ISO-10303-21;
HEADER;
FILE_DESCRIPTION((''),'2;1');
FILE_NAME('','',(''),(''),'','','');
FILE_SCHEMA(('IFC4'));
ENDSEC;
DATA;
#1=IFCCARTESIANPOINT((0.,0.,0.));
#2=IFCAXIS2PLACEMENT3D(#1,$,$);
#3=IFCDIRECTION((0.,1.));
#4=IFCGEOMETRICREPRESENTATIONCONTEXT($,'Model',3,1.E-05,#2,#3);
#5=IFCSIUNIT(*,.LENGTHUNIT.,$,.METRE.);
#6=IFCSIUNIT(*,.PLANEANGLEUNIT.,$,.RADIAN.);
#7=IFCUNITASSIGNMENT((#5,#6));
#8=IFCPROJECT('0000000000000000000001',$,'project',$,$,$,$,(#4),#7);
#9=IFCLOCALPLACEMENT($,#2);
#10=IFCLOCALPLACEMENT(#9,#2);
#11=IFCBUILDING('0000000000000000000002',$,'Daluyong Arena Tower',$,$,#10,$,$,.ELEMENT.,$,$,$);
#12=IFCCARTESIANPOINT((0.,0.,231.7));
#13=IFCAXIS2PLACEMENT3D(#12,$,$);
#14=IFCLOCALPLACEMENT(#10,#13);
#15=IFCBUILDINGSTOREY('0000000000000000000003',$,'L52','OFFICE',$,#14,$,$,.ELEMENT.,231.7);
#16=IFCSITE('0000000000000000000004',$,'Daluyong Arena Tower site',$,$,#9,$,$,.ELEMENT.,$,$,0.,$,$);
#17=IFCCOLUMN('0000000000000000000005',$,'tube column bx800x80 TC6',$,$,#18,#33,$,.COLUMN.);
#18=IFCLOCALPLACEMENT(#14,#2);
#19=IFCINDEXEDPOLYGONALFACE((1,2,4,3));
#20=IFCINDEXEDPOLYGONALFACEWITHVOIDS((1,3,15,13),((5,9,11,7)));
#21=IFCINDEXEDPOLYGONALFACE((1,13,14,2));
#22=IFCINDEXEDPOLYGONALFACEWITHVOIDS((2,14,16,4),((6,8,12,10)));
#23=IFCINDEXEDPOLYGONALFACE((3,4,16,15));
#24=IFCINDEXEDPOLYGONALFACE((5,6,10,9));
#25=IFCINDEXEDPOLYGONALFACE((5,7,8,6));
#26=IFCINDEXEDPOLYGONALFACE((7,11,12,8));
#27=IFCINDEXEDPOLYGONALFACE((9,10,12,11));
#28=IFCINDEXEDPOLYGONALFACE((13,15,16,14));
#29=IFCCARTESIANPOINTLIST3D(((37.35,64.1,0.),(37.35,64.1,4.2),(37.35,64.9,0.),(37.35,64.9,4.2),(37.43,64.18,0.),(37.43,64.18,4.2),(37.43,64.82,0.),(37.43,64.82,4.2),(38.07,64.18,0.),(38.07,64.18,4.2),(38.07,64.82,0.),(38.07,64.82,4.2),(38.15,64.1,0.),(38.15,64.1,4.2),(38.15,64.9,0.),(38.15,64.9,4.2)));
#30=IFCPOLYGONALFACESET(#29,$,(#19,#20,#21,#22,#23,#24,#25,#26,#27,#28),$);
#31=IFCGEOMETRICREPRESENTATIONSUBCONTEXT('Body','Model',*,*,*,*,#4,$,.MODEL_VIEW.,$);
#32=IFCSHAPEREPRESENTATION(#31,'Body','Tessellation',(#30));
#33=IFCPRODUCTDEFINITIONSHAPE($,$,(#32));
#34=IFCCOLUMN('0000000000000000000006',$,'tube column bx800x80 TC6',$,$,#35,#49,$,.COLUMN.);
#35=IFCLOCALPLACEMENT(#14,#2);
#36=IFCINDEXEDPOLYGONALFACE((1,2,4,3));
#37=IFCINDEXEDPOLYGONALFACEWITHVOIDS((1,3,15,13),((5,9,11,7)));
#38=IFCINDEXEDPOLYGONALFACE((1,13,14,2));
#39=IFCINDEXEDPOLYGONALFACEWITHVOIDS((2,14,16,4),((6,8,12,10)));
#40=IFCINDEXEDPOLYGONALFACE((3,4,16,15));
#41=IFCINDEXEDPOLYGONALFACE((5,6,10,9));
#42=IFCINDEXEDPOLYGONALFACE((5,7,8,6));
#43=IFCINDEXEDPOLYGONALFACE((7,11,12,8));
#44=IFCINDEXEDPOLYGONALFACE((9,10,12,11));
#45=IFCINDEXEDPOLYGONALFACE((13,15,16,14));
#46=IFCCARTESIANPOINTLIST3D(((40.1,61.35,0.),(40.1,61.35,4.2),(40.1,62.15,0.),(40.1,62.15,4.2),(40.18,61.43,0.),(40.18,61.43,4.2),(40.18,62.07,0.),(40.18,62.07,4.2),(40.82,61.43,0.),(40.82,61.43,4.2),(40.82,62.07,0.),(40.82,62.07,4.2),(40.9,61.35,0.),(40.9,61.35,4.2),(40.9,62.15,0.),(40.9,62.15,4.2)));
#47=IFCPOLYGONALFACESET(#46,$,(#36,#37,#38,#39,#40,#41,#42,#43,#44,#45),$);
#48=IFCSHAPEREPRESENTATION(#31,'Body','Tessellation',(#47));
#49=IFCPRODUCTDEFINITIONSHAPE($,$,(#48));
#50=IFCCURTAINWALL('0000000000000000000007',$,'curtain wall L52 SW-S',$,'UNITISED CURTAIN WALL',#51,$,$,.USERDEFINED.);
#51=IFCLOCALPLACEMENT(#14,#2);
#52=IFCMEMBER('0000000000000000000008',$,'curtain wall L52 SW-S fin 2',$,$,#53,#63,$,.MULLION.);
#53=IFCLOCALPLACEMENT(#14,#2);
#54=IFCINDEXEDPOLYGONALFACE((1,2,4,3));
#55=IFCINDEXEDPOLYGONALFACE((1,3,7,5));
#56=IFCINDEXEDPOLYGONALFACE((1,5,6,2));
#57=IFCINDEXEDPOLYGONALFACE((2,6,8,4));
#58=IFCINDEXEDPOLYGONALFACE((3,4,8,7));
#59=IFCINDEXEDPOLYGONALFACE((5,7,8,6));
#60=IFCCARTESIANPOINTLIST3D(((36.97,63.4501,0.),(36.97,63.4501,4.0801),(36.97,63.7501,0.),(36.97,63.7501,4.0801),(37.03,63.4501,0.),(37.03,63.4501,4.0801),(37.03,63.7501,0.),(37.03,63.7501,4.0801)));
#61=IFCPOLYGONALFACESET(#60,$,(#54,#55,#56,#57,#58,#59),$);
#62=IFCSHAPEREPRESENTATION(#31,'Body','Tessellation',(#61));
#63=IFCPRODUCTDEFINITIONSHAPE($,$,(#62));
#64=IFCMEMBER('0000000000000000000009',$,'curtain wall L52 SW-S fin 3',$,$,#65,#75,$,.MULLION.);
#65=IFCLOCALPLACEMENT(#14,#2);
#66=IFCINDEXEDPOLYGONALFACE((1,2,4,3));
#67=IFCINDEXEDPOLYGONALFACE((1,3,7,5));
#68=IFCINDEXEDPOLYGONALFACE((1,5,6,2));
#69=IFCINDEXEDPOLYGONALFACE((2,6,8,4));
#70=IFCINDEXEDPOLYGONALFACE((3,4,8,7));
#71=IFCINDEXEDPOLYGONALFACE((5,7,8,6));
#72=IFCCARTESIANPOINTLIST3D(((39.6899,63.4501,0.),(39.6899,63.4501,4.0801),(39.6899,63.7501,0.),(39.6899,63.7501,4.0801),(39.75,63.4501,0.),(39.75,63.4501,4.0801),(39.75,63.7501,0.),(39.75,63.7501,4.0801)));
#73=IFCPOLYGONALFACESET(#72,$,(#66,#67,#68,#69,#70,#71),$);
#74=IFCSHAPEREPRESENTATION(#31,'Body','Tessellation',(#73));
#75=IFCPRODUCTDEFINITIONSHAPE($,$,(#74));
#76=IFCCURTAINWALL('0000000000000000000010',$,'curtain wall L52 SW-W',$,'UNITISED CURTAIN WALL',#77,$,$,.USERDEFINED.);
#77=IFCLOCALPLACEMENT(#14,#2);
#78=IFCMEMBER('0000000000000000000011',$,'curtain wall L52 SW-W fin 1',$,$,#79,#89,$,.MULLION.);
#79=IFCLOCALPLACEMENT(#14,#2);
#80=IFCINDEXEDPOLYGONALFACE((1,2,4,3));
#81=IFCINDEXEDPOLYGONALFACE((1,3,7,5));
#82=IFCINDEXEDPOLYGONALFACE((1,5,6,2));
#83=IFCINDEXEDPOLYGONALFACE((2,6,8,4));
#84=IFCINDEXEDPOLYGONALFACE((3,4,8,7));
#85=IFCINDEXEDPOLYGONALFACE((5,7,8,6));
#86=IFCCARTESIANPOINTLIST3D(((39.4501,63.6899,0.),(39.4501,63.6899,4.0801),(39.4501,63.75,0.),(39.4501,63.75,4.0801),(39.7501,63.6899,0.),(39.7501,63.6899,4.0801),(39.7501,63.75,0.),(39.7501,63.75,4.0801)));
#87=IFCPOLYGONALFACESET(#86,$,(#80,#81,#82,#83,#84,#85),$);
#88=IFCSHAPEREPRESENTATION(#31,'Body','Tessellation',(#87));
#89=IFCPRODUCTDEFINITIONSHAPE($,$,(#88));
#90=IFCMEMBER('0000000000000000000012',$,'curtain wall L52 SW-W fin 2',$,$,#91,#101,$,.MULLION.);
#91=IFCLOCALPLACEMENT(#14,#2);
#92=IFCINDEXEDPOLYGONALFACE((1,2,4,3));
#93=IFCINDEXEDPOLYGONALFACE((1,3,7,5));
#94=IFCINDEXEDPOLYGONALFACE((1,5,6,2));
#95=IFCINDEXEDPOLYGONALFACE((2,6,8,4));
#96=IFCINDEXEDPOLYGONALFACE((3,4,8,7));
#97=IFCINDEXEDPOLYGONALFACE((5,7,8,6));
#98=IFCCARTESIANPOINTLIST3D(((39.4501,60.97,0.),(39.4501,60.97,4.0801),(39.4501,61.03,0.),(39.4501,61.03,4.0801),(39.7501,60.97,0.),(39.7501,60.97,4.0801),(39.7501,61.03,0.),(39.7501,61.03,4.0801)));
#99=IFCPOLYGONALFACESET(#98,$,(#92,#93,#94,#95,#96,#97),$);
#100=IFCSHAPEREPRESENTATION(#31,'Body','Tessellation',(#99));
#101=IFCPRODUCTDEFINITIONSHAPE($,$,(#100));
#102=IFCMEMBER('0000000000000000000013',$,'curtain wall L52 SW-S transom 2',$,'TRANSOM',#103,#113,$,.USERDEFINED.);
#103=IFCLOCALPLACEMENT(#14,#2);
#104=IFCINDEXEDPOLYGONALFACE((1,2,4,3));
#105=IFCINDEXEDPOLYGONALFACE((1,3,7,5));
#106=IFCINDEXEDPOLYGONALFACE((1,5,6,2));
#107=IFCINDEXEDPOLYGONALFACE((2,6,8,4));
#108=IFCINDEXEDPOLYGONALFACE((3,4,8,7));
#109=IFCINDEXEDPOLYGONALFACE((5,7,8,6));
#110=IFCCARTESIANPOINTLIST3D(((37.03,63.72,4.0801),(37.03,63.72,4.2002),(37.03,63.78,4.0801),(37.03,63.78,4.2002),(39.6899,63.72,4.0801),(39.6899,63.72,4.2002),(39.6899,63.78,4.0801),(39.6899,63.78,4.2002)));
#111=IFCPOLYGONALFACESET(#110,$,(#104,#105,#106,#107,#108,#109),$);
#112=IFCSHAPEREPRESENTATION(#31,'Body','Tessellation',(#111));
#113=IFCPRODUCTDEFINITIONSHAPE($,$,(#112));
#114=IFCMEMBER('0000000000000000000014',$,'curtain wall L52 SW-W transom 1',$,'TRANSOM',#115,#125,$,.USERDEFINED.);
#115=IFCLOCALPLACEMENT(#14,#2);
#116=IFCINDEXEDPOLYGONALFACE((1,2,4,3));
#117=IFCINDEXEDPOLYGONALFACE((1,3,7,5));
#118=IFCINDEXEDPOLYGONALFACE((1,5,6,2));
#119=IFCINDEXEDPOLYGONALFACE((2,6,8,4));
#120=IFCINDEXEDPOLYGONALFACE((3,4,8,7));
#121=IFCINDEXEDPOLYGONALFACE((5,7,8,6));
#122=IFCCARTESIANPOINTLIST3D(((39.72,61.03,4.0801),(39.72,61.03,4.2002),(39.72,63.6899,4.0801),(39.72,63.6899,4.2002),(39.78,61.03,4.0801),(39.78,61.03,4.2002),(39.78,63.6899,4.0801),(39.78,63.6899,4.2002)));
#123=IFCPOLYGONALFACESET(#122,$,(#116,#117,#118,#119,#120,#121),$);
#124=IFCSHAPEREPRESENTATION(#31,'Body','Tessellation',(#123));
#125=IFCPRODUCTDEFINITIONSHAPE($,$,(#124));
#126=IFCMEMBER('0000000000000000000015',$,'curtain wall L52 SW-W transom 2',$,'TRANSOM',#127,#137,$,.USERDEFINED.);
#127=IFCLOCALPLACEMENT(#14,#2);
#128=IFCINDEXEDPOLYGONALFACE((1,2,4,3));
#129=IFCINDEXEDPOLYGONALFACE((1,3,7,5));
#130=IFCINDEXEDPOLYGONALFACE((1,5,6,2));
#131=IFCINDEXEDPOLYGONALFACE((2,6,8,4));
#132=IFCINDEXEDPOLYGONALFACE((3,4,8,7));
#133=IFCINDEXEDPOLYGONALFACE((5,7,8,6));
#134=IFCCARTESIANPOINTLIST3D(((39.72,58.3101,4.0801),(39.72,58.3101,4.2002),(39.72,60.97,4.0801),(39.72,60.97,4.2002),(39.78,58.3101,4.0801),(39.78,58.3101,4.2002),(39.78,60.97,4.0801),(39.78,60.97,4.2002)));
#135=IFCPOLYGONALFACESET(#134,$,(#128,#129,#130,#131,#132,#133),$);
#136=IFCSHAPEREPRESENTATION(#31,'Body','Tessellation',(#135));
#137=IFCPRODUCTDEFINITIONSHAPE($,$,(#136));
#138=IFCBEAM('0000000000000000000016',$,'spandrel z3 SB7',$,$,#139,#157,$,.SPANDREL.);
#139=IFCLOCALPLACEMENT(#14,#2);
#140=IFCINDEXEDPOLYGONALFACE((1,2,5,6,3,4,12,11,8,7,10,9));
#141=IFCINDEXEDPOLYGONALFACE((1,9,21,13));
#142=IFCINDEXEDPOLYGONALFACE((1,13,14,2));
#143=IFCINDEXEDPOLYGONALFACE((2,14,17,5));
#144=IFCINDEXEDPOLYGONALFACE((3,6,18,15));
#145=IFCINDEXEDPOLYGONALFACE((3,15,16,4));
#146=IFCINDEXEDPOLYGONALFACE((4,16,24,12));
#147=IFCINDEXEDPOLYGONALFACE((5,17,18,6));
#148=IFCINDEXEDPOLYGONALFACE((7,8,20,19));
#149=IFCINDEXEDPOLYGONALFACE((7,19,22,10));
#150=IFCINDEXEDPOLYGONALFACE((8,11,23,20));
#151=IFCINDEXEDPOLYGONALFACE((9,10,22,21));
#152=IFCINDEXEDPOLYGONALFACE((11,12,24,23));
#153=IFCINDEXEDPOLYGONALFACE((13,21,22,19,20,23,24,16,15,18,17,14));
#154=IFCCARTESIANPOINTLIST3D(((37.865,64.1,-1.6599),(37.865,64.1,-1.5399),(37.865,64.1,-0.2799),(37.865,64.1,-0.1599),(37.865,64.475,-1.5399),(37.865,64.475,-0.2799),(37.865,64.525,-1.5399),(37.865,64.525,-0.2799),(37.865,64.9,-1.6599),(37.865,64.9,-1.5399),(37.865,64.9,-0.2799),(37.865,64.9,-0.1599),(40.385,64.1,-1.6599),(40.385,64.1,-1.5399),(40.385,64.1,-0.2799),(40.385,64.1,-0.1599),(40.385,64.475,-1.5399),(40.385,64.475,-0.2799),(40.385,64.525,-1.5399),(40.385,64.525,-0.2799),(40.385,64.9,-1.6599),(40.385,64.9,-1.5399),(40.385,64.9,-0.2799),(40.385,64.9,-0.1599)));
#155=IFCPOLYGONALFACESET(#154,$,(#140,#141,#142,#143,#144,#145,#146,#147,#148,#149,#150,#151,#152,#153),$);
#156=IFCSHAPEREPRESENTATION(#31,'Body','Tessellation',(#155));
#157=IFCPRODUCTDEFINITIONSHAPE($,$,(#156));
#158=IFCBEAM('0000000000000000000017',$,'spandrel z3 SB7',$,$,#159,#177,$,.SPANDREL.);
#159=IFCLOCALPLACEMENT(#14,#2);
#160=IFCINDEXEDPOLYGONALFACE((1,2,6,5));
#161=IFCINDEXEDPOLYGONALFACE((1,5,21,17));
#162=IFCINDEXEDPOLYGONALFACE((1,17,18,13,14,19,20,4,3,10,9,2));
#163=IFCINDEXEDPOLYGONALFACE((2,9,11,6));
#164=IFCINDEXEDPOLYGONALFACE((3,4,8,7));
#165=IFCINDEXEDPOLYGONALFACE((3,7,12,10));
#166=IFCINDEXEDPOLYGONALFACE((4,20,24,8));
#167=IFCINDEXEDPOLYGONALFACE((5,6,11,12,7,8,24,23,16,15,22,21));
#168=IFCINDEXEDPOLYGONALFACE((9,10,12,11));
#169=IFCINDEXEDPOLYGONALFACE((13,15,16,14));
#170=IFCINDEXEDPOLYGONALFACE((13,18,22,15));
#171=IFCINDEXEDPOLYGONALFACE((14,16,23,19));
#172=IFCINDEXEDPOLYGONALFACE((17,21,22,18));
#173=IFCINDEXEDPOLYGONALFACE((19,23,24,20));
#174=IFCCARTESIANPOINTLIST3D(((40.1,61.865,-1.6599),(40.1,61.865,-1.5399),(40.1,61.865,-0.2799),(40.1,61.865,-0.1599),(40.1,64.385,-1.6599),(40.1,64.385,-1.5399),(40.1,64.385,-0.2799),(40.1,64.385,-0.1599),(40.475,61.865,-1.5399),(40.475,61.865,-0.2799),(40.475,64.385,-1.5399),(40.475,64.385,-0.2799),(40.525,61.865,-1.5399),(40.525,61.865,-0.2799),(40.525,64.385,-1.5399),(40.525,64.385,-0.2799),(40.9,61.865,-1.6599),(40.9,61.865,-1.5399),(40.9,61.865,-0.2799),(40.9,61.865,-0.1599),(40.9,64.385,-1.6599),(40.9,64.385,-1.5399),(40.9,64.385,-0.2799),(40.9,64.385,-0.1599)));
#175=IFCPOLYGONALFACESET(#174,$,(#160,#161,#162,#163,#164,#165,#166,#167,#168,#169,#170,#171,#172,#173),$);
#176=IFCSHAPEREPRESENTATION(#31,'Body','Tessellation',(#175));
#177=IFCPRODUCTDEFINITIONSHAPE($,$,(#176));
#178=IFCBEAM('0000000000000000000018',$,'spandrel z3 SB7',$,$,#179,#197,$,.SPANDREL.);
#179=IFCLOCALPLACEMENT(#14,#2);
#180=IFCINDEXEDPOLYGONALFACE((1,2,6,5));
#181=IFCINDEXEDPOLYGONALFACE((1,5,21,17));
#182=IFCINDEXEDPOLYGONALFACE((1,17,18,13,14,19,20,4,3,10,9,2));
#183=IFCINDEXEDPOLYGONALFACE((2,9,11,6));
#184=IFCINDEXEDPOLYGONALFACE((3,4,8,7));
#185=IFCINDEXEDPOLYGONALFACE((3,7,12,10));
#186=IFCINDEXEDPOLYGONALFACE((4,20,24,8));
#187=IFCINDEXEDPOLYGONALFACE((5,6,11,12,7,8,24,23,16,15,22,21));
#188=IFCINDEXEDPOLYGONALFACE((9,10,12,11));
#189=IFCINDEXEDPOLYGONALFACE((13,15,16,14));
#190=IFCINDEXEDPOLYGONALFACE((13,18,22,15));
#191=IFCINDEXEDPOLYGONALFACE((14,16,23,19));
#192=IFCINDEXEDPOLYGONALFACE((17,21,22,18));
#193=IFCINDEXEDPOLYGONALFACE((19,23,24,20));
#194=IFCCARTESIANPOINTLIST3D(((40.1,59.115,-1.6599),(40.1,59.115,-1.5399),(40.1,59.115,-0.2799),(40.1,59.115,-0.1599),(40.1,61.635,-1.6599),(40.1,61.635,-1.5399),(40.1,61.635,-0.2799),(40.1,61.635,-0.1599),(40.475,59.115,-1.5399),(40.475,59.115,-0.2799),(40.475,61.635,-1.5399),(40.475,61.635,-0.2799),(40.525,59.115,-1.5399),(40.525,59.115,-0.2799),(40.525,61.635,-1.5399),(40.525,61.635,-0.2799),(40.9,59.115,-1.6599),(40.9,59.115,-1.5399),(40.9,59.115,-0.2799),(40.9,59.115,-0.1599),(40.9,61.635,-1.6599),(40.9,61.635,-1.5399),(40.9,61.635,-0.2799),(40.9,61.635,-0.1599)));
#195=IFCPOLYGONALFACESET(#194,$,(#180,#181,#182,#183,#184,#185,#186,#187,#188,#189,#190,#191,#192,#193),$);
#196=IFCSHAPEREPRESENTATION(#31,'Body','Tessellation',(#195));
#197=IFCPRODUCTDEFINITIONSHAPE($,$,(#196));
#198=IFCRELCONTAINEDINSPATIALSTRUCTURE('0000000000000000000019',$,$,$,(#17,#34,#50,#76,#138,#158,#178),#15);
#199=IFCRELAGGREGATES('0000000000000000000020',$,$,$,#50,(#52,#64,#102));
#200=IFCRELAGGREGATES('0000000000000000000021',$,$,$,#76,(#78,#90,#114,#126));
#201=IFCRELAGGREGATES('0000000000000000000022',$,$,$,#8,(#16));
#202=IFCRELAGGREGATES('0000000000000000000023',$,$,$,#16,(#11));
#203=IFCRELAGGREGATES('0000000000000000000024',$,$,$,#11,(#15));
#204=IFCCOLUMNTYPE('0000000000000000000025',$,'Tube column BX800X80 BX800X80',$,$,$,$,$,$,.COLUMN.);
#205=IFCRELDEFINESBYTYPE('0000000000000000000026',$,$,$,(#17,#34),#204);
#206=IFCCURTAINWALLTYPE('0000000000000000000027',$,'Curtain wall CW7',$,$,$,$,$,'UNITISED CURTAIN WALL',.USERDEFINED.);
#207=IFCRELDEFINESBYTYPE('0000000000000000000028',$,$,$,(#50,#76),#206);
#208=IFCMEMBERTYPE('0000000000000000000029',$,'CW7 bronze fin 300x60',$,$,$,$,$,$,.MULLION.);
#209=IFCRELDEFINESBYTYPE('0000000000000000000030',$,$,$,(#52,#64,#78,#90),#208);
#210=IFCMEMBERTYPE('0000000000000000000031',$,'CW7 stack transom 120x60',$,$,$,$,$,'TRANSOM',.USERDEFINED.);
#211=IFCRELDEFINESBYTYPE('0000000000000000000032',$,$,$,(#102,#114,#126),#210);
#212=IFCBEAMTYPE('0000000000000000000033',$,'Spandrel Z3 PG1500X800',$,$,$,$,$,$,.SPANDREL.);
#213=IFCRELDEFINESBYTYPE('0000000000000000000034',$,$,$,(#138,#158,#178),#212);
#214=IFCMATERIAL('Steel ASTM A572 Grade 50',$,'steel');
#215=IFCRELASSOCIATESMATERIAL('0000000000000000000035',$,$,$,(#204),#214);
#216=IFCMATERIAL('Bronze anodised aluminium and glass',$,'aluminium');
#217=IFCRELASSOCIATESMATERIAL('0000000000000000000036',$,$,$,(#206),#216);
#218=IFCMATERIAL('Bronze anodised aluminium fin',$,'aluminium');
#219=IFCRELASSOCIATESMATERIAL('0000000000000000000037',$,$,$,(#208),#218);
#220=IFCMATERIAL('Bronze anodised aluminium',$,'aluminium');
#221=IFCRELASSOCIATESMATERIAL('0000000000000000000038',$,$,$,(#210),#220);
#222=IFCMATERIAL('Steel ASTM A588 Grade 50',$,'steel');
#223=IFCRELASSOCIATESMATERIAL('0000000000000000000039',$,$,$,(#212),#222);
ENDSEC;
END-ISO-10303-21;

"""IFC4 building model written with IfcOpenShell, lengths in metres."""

from ifc_helpers import new_model, si_unit, direction, frame, origin, origin_2d, place, context, subcontext, project, spatial, rectangle, hollow_rectangle, i_section, extrude, material, material_profile, profile_set, type_object, element, aggregate, save


model = new_model("IFC4")

# Units and contexts
model_context = context("Model", 3, precision=1e-05, world=origin(), true_north=direction((0.0, 1.0)))
body_context = subcontext(model_context, "Body", "Model", "MODEL_VIEW")
ifc_project = project(units=[si_unit("LENGTHUNIT", "METRE"), si_unit("PLANEANGLEUNIT", "RADIAN")], contexts=[model_context])

# Site, building, storey
site_placement = place(None, origin())
site = spatial("IfcSite", under=ifc_project, at=site_placement, Name="Daluyong Arena Tower site", CompositionType="ELEMENT", RefElevation=0.0)
building_placement = place(site_placement, origin())
building = spatial("IfcBuilding", under=site, at=building_placement, Name="Daluyong Arena Tower", CompositionType="ELEMENT")
storey_placement = place(building_placement, frame((0.0, 0.0, 231.7)))
storey = spatial("IfcBuildingStorey", under=building, at=storey_placement, Name="L52", Description="OFFICE", CompositionType="ELEMENT", Elevation=231.7)

# Columns
ifc_material_1 = material(Name="Steel ASTM A572 Grade 50", Category="steel")
ifc_material_profile_1 = material_profile(ifc_material_1, hollow_rectangle(XDim=0.8, YDim=0.8, WallThickness=0.08, at=origin_2d()))
ifc_profile_set_1 = profile_set([ifc_material_profile_1], Name="Steel ASTM A572 Grade 50")
column_type = type_object("IfcColumnType", Name="Tube column BX800X80 BX800X80", PredefinedType="COLUMN", material=ifc_profile_set_1)
for number, where, z_axis, x_axis, name in (
    (1, (37.75, 64.5, 0.0), (0.0, 0.0, 1.0), (1.0, 0.0, 0.0), "tube column bx800x80 TC6"),
    (2, (40.5, 61.75, 0.0), (0.0, 0.0, 1.0), (0.0, 1.0, 0.0), "tube column bx800x80 TC6"),
):
    element("IfcColumn", number, at=place(storey_placement, frame(where, z_axis=z_axis, x_axis=x_axis)), inside=storey, type_object=column_type, Name=name, PredefinedType="COLUMN", context=body_context, shape_type="SweptSolid", body=[
        extrude(hollow_rectangle(XDim=0.8, YDim=0.8, WallThickness=0.08, at=origin_2d()), origin(), (0.0, 0.0, 1.0), 4.2),
    ])

# Curtain walls, members
ifc_material_2 = material(Name="Bronze anodised aluminium and glass", Category="aluminium")
curtain_wall_type = type_object("IfcCurtainWallType", Name="Curtain wall CW7", ElementType="UNITISED CURTAIN WALL", PredefinedType="USERDEFINED", material=ifc_material_2)
curtain_wall_1_placement = place(storey_placement, origin())
curtain_wall_1 = element("IfcCurtainWall", 3, at=curtain_wall_1_placement, inside=storey, type_object=curtain_wall_type, Name="curtain wall L52 SW-S", ObjectType="UNITISED CURTAIN WALL", PredefinedType="USERDEFINED")
ifc_material_3 = material(Name="Bronze anodised aluminium fin", Category="aluminium")
ifc_material_profile_2 = material_profile(ifc_material_3, rectangle(XDim=0.3, YDim=0.0601, at=origin_2d()))
ifc_profile_set_2 = profile_set([ifc_material_profile_2], Name="Bronze anodised aluminium fin")
member_type_1 = type_object("IfcMemberType", Name="CW7 bronze fin 300x60", PredefinedType="MULLION", material=ifc_profile_set_2)
member_1_placement = place(storey_placement, frame((37.0, 63.6001, 0.0), z_axis=(0.0, 0.0, 1.0), x_axis=(0.0, 1.0, 0.0)))
member_1 = element("IfcMember", 4, at=member_1_placement, type_object=member_type_1, Name="curtain wall L52 SW-S fin 2", PredefinedType="MULLION", context=body_context, shape_type="SweptSolid", body=[
    extrude(rectangle(XDim=0.3, YDim=0.0601, at=origin_2d()), origin(), (0.0, 0.0, 1.0), 4.0801),
])
member_2_placement = place(storey_placement, frame((39.72, 63.6001, 0.0), z_axis=(0.0, 0.0, 1.0), x_axis=(0.0, 1.0, 0.0)))
member_2 = element("IfcMember", 5, at=member_2_placement, type_object=member_type_1, Name="curtain wall L52 SW-S fin 3", PredefinedType="MULLION", context=body_context, shape_type="SweptSolid", body=[
    extrude(rectangle(XDim=0.3, YDim=0.0601, at=origin_2d()), origin(), (0.0, 0.0, 1.0), 4.0801),
])
curtain_wall_2_placement = place(storey_placement, origin())
curtain_wall_2 = element("IfcCurtainWall", 6, at=curtain_wall_2_placement, inside=storey, type_object=curtain_wall_type, Name="curtain wall L52 SW-W", ObjectType="UNITISED CURTAIN WALL", PredefinedType="USERDEFINED")
member_3_placement = place(storey_placement, frame((39.6001, 63.72, 0.0), z_axis=(0.0, 0.0, 1.0), x_axis=(1.0, 0.0, 0.0)))
member_3 = element("IfcMember", 7, at=member_3_placement, type_object=member_type_1, Name="curtain wall L52 SW-W fin 1", PredefinedType="MULLION", context=body_context, shape_type="SweptSolid", body=[
    extrude(rectangle(XDim=0.3, YDim=0.0601, at=origin_2d()), origin(), (0.0, 0.0, 1.0), 4.0801),
])
member_4_placement = place(storey_placement, frame((39.6001, 61.0, 0.0), z_axis=(0.0, 0.0, 1.0), x_axis=(1.0, 0.0, 0.0)))
member_4 = element("IfcMember", 8, at=member_4_placement, type_object=member_type_1, Name="curtain wall L52 SW-W fin 2", PredefinedType="MULLION", context=body_context, shape_type="SweptSolid", body=[
    extrude(rectangle(XDim=0.3, YDim=0.0601, at=origin_2d()), origin(), (0.0, 0.0, 1.0), 4.0801),
])

# Members
ifc_material_4 = material(Name="Bronze anodised aluminium", Category="aluminium")
ifc_material_profile_3 = material_profile(ifc_material_4, rectangle(XDim=0.0601, YDim=0.1201, at=origin_2d()))
ifc_profile_set_3 = profile_set([ifc_material_profile_3], Name="Bronze anodised aluminium")
member_type_2 = type_object("IfcMemberType", Name="CW7 stack transom 120x60", ElementType="TRANSOM", PredefinedType="USERDEFINED", material=ifc_profile_set_3)
member_5_placement = place(storey_placement, frame((37.03, 63.75, 4.1401), z_axis=(1.0, 0.0, 0.0), x_axis=(0.0, 1.0, 0.0)))
member_5 = element("IfcMember", 9, at=member_5_placement, type_object=member_type_2, Name="curtain wall L52 SW-S transom 2", ObjectType="TRANSOM", PredefinedType="USERDEFINED", context=body_context, shape_type="SweptSolid", body=[
    extrude(rectangle(XDim=0.0601, YDim=0.1201, at=origin_2d()), origin(), (0.0, 0.0, 1.0), 2.6599),
])
member_6_placement = place(storey_placement, frame((39.75, 63.6899, 4.1401), z_axis=(0.0, -1.0, 0.0), x_axis=(1.0, 0.0, 0.0)))
member_6 = element("IfcMember", 10, at=member_6_placement, type_object=member_type_2, Name="curtain wall L52 SW-W transom 1", ObjectType="TRANSOM", PredefinedType="USERDEFINED", context=body_context, shape_type="SweptSolid", body=[
    extrude(rectangle(XDim=0.0601, YDim=0.1201, at=origin_2d()), origin(), (0.0, 0.0, 1.0), 2.6599),
])
member_7_placement = place(storey_placement, frame((39.75, 60.97, 4.1401), z_axis=(0.0, -1.0, 0.0), x_axis=(1.0, 0.0, 0.0)))
member_7 = element("IfcMember", 11, at=member_7_placement, type_object=member_type_2, Name="curtain wall L52 SW-W transom 2", ObjectType="TRANSOM", PredefinedType="USERDEFINED", context=body_context, shape_type="SweptSolid", body=[
    extrude(rectangle(XDim=0.0601, YDim=0.1201, at=origin_2d()), origin(), (0.0, 0.0, 1.0), 2.6599),
])

# Beams
ifc_material_5 = material(Name="Steel ASTM A588 Grade 50", Category="steel")
ifc_material_profile_4 = material_profile(ifc_material_5, i_section(OverallWidth=0.8, OverallDepth=1.5, WebThickness=0.05, FlangeThickness=0.12, at=origin_2d()))
ifc_profile_set_4 = profile_set([ifc_material_profile_4], Name="Steel ASTM A588 Grade 50")
beam_type = type_object("IfcBeamType", Name="Spandrel Z3 PG1500X800", PredefinedType="SPANDREL", material=ifc_profile_set_4)
for number, where, z_axis, x_axis, name in (
    (12, (37.865, 64.5, -0.9099), (1.0, 0.0, 0.0), (0.0, 1.0, 0.0), "spandrel z3 SB7"),
    (13, (40.5, 64.385, -0.9099), (0.0, -1.0, 0.0), (1.0, 0.0, 0.0), "spandrel z3 SB7"),
    (14, (40.5, 61.635, -0.9099), (0.0, -1.0, 0.0), (1.0, 0.0, 0.0), "spandrel z3 SB7"),
):
    element("IfcBeam", number, at=place(storey_placement, frame(where, z_axis=z_axis, x_axis=x_axis)), inside=storey, type_object=beam_type, Name=name, PredefinedType="SPANDREL", context=body_context, shape_type="SweptSolid", body=[
        extrude(i_section(OverallWidth=0.8, OverallDepth=1.5, WebThickness=0.05, FlangeThickness=0.12, at=origin_2d()), origin(), (0.0, 0.0, 1.0), 2.52),
    ])

aggregate(curtain_wall_1, [member_1, member_2, member_5])
aggregate(curtain_wall_2, [member_3, member_4, member_6, member_7])

save(model, "model.ifc")
